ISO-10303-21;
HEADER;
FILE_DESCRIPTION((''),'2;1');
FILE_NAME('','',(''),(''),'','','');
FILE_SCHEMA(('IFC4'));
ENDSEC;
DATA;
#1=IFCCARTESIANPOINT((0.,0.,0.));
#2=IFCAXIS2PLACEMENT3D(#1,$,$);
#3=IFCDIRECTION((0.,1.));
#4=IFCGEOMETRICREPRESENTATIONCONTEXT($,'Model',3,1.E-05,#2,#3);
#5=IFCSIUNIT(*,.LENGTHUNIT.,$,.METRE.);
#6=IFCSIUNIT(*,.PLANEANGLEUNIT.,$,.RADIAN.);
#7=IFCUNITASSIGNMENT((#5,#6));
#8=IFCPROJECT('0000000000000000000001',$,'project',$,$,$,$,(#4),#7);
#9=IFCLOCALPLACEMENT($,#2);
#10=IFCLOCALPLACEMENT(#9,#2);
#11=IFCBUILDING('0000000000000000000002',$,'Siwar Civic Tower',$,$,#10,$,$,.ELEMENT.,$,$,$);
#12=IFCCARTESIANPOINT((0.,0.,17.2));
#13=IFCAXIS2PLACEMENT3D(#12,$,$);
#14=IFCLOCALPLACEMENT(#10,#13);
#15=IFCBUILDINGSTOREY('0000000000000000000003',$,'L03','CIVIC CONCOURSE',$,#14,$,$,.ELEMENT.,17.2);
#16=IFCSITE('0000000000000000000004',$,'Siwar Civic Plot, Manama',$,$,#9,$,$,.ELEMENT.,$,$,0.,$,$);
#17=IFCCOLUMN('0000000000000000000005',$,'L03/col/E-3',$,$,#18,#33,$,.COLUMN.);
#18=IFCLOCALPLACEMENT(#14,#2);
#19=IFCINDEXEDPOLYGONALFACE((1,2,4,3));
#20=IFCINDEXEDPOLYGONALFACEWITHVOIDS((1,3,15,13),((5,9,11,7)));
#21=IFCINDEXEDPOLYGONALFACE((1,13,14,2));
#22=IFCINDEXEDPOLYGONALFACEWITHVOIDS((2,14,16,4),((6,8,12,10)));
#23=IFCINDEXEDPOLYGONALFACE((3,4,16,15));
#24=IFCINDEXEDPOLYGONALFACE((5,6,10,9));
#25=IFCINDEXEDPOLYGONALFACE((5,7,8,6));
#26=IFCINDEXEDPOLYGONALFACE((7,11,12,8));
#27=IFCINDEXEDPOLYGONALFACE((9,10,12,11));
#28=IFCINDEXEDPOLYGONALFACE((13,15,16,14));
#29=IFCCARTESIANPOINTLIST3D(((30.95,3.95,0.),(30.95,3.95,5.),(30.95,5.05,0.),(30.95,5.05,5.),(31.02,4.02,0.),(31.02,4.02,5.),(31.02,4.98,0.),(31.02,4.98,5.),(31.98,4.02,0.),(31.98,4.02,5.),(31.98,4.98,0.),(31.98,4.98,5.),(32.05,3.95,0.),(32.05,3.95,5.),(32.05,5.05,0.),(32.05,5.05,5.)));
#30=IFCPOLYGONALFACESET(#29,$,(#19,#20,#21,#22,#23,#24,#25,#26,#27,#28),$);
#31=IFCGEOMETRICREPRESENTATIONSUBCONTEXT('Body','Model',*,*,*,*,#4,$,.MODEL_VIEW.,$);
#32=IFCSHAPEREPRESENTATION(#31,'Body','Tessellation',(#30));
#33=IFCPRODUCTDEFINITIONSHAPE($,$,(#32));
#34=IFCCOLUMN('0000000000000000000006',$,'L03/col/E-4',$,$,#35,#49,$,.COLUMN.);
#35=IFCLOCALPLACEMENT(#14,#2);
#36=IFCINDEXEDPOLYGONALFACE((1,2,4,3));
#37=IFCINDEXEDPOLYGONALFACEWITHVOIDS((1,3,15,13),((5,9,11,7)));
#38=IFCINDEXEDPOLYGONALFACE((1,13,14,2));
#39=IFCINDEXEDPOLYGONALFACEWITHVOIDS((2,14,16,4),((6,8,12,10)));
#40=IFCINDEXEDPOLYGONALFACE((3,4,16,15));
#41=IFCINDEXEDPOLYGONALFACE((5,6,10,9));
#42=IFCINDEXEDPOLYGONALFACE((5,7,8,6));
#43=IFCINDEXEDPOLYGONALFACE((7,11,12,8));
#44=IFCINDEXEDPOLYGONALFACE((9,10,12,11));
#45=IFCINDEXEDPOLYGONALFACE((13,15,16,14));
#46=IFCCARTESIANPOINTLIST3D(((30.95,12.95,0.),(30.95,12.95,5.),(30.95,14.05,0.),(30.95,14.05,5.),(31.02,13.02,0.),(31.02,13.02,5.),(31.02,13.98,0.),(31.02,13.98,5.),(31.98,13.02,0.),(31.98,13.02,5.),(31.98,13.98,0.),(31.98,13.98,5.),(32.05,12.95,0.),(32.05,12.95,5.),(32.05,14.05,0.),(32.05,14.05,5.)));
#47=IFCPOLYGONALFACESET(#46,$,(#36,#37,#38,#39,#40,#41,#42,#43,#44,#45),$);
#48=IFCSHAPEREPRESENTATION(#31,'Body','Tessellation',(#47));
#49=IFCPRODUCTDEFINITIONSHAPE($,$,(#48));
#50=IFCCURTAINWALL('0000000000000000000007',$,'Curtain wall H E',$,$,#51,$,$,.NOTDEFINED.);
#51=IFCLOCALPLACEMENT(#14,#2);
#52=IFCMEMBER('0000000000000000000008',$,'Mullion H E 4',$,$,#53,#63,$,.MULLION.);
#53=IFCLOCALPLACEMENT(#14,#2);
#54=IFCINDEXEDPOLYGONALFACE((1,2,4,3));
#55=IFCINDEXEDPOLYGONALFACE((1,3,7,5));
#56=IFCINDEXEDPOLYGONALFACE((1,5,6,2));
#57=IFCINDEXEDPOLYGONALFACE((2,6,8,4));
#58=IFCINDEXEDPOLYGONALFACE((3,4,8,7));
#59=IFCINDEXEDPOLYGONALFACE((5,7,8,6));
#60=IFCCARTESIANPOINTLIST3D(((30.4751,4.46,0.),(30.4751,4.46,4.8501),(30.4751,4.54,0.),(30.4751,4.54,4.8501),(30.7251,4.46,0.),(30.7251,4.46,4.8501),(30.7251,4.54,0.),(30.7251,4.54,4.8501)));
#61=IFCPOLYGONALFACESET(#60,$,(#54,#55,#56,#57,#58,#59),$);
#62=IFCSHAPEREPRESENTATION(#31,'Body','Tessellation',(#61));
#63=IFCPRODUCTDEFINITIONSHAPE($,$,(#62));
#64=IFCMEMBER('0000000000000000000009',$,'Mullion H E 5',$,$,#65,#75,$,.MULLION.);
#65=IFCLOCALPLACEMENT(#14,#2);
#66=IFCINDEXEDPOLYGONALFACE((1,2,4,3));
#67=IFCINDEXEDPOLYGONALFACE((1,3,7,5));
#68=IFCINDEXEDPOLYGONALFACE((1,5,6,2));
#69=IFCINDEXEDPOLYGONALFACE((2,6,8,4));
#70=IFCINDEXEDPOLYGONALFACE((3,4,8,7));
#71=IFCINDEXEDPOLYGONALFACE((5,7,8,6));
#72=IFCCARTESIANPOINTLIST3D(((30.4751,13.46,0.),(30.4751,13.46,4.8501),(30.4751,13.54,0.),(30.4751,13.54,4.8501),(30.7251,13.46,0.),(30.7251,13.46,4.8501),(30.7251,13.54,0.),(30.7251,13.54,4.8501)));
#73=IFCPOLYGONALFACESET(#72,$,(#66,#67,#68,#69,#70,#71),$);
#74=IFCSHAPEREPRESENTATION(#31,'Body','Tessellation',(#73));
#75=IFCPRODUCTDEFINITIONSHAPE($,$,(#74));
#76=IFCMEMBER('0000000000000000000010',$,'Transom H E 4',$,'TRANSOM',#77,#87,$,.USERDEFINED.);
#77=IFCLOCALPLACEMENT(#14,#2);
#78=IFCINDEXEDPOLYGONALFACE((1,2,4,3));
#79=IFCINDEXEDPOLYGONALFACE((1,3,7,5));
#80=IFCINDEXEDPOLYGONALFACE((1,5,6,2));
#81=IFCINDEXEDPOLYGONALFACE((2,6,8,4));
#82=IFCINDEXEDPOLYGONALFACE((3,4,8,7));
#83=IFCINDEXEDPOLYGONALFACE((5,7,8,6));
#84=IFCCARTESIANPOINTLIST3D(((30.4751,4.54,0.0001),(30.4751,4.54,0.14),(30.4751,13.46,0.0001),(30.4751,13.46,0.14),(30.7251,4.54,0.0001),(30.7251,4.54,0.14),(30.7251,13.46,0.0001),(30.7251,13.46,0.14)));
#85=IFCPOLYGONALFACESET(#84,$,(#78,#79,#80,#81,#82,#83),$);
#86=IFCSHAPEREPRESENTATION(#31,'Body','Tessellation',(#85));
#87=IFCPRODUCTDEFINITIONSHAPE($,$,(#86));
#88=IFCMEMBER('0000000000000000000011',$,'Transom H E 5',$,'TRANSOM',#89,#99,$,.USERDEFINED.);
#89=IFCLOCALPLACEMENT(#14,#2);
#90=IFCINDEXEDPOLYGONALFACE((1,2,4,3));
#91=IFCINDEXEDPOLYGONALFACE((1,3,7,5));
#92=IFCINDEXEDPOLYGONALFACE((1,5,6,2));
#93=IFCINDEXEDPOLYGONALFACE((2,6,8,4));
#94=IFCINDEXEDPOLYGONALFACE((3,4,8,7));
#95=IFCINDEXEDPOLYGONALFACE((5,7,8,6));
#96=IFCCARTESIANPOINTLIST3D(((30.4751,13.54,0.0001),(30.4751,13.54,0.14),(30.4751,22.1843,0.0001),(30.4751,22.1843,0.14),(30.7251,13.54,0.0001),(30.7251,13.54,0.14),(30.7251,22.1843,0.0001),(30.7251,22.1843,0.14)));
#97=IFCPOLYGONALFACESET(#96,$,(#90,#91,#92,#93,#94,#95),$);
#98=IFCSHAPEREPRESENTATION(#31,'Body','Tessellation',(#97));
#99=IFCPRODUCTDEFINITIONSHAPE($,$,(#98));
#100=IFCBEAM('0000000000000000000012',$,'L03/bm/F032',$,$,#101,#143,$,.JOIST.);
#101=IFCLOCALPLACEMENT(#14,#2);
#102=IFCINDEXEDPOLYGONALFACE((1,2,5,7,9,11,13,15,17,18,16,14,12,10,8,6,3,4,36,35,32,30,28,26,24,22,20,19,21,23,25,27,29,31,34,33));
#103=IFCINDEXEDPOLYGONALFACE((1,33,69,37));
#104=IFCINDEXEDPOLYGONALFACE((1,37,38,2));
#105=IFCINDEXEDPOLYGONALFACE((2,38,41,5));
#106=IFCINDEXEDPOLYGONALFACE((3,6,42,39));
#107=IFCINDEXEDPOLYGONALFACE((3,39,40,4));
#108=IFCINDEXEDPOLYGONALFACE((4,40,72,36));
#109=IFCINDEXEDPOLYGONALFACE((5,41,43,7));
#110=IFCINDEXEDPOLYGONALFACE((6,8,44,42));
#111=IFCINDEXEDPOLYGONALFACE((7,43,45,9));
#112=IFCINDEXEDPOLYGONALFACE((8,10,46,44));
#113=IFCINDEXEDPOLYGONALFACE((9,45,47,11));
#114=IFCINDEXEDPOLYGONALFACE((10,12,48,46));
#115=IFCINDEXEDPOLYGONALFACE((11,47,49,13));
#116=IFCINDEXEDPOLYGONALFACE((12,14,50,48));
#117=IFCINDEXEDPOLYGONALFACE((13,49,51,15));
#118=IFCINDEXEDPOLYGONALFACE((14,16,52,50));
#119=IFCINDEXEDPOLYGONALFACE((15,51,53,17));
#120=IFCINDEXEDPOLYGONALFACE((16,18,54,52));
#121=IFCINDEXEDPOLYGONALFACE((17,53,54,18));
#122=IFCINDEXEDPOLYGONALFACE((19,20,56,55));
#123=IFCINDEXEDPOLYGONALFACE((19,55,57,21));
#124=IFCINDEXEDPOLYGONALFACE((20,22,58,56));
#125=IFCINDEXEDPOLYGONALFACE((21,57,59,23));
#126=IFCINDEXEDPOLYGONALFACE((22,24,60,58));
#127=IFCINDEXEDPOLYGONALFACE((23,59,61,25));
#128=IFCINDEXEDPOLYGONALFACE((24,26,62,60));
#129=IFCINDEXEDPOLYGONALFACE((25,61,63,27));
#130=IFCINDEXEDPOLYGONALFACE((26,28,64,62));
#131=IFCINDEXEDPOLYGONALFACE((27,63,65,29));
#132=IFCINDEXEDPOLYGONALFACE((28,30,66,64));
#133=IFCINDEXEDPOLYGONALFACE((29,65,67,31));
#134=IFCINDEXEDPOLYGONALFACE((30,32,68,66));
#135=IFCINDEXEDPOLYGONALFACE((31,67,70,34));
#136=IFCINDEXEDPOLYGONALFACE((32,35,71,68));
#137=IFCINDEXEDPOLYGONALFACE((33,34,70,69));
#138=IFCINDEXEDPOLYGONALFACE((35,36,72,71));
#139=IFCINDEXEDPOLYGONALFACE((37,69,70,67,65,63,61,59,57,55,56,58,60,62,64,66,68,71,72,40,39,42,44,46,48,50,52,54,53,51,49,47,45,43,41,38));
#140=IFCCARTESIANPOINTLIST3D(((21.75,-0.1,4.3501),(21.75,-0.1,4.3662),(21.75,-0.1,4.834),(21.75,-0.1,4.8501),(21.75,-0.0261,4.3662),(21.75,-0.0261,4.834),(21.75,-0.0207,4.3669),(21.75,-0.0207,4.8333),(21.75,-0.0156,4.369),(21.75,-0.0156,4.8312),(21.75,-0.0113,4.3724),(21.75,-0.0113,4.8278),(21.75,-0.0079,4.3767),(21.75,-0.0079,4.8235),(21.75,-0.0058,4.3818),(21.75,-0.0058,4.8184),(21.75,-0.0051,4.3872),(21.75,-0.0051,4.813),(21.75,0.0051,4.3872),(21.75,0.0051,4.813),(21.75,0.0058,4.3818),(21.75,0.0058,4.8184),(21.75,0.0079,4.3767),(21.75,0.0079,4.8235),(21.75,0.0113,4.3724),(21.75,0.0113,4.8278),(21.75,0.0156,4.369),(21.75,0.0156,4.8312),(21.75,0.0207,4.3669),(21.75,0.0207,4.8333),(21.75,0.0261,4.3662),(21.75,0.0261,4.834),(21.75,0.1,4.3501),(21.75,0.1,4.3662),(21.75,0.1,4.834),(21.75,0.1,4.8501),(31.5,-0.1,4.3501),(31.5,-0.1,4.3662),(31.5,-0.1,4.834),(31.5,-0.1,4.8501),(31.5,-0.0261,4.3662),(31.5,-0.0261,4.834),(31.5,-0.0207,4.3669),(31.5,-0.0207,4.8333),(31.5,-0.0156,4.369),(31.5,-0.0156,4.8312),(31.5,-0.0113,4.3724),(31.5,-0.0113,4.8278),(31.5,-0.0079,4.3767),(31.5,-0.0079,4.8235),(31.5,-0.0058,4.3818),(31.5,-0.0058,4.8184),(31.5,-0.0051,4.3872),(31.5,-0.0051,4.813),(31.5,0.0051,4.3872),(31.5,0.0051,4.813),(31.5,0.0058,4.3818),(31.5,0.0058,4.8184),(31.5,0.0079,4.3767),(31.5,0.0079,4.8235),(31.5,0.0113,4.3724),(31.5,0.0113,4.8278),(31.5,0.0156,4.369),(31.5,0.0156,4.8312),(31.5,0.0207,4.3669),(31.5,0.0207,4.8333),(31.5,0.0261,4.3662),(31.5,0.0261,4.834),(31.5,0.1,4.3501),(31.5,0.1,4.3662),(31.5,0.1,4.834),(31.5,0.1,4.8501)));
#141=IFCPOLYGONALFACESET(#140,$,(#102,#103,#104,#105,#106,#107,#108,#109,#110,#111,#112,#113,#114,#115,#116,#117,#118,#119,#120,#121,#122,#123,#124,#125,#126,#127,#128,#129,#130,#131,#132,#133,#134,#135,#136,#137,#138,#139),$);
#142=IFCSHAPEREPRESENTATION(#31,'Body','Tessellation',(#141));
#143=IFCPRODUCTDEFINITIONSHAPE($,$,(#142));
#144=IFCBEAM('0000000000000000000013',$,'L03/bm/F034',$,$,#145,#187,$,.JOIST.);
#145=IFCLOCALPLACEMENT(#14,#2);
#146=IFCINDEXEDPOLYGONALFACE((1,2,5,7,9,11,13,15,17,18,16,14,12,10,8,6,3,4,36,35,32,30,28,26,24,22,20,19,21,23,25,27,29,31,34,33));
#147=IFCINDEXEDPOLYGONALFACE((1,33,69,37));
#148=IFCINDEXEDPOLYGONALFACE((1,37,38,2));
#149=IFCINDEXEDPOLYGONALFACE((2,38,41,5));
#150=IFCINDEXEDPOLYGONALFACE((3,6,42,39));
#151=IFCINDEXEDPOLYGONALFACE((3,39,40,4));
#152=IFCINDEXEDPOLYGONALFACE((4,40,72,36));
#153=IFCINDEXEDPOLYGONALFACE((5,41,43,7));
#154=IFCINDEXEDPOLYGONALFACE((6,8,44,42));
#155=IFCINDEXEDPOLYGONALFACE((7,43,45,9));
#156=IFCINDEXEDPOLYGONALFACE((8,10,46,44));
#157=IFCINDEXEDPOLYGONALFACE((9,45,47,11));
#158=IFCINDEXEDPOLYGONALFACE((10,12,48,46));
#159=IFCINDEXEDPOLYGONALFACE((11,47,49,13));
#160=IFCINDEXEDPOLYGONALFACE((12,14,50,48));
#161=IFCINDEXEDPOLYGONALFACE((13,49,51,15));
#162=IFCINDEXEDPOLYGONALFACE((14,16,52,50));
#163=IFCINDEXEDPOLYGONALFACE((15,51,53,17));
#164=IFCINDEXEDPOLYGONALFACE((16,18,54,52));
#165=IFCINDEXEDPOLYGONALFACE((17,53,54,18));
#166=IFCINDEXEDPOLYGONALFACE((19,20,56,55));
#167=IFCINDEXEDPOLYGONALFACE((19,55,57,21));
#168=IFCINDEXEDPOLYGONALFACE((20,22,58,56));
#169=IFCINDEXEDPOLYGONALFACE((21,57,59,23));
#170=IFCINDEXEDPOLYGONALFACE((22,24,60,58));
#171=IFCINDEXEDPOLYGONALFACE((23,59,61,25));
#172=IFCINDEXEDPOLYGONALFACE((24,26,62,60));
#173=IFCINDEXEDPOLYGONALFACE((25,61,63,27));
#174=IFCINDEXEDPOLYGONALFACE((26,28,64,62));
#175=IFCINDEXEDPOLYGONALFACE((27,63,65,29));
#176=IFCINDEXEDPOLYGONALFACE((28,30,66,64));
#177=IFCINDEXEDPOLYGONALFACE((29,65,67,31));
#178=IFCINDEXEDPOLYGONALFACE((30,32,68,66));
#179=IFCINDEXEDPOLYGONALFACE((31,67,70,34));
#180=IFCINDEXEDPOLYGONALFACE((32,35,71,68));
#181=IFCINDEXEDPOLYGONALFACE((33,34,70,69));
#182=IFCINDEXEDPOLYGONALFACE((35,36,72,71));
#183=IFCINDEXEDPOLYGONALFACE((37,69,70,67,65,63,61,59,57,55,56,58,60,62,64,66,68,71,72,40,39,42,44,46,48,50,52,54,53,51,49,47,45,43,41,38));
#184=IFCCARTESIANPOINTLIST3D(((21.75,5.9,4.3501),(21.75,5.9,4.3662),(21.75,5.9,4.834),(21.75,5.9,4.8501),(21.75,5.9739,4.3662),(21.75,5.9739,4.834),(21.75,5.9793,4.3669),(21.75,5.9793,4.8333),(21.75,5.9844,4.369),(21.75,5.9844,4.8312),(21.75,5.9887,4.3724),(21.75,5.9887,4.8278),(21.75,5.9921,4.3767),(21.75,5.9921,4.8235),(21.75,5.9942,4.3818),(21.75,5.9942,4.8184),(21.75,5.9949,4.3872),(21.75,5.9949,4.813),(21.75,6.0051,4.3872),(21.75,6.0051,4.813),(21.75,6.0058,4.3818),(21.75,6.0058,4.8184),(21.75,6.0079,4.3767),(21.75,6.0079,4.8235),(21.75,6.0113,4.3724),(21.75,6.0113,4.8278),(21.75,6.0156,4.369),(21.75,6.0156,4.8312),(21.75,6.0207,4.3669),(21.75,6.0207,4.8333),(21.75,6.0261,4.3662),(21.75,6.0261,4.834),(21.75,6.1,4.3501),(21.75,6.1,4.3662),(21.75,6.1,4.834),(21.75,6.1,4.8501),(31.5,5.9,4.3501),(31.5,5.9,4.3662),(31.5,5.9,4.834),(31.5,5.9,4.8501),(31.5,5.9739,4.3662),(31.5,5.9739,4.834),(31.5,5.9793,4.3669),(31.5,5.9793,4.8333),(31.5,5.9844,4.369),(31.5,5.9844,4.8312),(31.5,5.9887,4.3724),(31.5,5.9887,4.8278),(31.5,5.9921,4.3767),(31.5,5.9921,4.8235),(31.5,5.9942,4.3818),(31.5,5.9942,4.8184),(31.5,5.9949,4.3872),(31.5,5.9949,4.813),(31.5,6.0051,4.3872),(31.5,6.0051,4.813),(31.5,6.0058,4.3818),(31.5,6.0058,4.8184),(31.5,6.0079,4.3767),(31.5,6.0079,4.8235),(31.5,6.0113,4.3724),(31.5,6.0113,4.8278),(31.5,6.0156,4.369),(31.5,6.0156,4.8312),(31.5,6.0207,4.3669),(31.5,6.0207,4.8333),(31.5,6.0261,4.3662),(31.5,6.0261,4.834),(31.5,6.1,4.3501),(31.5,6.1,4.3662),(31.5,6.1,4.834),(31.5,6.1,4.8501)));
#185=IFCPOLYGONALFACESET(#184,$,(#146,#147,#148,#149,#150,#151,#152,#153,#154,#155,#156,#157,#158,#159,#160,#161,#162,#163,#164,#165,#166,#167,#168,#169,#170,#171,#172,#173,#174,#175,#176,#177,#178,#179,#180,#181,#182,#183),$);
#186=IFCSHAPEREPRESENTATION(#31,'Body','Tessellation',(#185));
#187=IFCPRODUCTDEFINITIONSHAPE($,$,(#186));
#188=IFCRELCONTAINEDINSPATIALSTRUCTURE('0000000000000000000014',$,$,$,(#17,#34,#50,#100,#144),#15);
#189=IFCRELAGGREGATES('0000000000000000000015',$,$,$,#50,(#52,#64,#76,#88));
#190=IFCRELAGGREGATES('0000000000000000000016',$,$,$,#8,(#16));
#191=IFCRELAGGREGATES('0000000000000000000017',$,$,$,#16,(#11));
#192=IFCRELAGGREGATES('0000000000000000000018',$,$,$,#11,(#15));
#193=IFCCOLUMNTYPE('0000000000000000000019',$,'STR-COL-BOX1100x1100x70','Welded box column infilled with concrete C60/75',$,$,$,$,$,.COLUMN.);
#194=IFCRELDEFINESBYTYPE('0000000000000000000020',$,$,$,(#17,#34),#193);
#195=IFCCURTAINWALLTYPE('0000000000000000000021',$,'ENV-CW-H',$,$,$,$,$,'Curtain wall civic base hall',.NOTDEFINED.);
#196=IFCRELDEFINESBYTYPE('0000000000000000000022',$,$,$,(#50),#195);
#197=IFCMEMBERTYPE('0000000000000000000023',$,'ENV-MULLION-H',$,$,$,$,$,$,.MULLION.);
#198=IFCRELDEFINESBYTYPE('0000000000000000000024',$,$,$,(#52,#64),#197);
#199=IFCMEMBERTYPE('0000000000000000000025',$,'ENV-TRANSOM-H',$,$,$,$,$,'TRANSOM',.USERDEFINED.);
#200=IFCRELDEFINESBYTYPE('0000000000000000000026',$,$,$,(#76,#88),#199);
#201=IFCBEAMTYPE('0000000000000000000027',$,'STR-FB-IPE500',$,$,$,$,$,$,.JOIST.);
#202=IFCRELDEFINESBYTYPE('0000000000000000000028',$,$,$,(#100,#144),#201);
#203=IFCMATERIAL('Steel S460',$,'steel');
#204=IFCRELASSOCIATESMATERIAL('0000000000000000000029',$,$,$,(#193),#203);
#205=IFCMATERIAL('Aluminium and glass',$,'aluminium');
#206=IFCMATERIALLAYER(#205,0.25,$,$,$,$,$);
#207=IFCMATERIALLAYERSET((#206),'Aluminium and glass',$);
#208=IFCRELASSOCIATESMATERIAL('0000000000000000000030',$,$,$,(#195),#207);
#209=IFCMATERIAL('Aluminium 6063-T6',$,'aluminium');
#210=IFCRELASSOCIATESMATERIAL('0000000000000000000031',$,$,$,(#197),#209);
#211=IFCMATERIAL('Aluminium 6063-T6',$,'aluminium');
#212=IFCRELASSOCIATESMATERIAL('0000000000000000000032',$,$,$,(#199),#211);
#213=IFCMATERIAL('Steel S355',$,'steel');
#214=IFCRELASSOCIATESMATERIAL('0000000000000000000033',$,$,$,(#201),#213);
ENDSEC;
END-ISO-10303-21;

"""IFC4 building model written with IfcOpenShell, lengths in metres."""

from ifc_helpers import new_model, si_unit, direction, frame, origin, origin_2d, place, context, subcontext, project, spatial, rectangle, hollow_rectangle, i_section, extrude, material, layer, layer_set, material_profile, profile_set, type_object, element, aggregate, save


model = new_model("IFC4")

# Units and contexts
model_context = context("Model", 3, precision=1e-05, world=origin(), true_north=direction((0.0, 1.0)))
body_context = subcontext(model_context, "Body", "Model", "MODEL_VIEW")
ifc_project = project(units=[si_unit("LENGTHUNIT", "METRE"), si_unit("PLANEANGLEUNIT", "RADIAN")], contexts=[model_context])

# Site, building, storey
site_placement = place(None, origin())
site = spatial("IfcSite", under=ifc_project, at=site_placement, Name="Siwar Civic Plot, Manama", CompositionType="ELEMENT", RefElevation=0.0)
building_placement = place(site_placement, origin())
building = spatial("IfcBuilding", under=site, at=building_placement, Name="Siwar Civic Tower", CompositionType="ELEMENT")
storey_placement = place(building_placement, frame((0.0, 0.0, 17.2)))
storey = spatial("IfcBuildingStorey", under=building, at=storey_placement, Name="L03", Description="CIVIC CONCOURSE", CompositionType="ELEMENT", Elevation=17.2)

# Columns
ifc_material_1 = material(Name="Steel S460", Category="steel")
ifc_material_profile_1 = material_profile(ifc_material_1, hollow_rectangle(XDim=1.1001, YDim=1.1001, WallThickness=0.0701, at=origin_2d()), Name="BOX1100x1100x70")
ifc_profile_set_1 = profile_set([ifc_material_profile_1], Name="Steel S460")
column_type = type_object("IfcColumnType", Name="STR-COL-BOX1100x1100x70", Description="Welded box column infilled with concrete C60/75", PredefinedType="COLUMN", material=ifc_profile_set_1)
for number, where, z_axis, x_axis, name in (
    (1, (31.5, 4.5, 0.0), (0.0, 0.0, 1.0), (1.0, 0.0, 0.0), "L03/col/E-3"),
    (2, (31.5, 13.5, 0.0), (0.0, 0.0, 1.0), (1.0, 0.0, 0.0), "L03/col/E-4"),
):
    element("IfcColumn", number, at=place(storey_placement, frame(where, z_axis=z_axis, x_axis=x_axis)), inside=storey, type_object=column_type, Name=name, PredefinedType="COLUMN", context=body_context, shape_type="SweptSolid", body=[
        extrude(hollow_rectangle(XDim=1.1001, YDim=1.1001, WallThickness=0.0701, at=origin_2d()), origin(), (0.0, 0.0, 1.0), 5.0),
    ])

# Curtain wall, members
ifc_material_2 = material(Name="Aluminium and glass", Category="aluminium")
ifc_layer_1 = layer(ifc_material_2, 0.25)
ifc_layer_set_1 = layer_set([ifc_layer_1], Name="Aluminium and glass")
curtain_wall_type = type_object("IfcCurtainWallType", Name="ENV-CW-H", ElementType="Curtain wall civic base hall", PredefinedType="NOTDEFINED", material=ifc_layer_set_1)
curtain_wall_placement = place(storey_placement, origin())
curtain_wall = element("IfcCurtainWall", 3, at=curtain_wall_placement, inside=storey, type_object=curtain_wall_type, Name="Curtain wall H E", PredefinedType="NOTDEFINED")
ifc_material_3 = material(Name="Aluminium 6063-T6", Category="aluminium")
ifc_material_profile_2 = material_profile(ifc_material_3, rectangle(XDim=0.25, YDim=0.0801, at=origin_2d()), Name="AL 250x80")
ifc_profile_set_2 = profile_set([ifc_material_profile_2], Name="Aluminium 6063-T6")
member_type_1 = type_object("IfcMemberType", Name="ENV-MULLION-H", PredefinedType="MULLION", material=ifc_profile_set_2)
member_1_placement = place(storey_placement, frame((30.6001, 4.5, 0.0), z_axis=(0.0, 0.0, 1.0), x_axis=(-1.0, 0.0, 0.0)))
member_1 = element("IfcMember", 4, at=member_1_placement, type_object=member_type_1, Name="Mullion H E 4", PredefinedType="MULLION", context=body_context, shape_type="SweptSolid", body=[
    extrude(rectangle(XDim=0.25, YDim=0.0801, at=origin_2d()), origin(), (0.0, 0.0, 1.0), 4.8501),
])
member_2_placement = place(storey_placement, frame((30.6001, 13.5, 0.0), z_axis=(0.0, 0.0, 1.0), x_axis=(-1.0, 0.0, 0.0)))
member_2 = element("IfcMember", 5, at=member_2_placement, type_object=member_type_1, Name="Mullion H E 5", PredefinedType="MULLION", context=body_context, shape_type="SweptSolid", body=[
    extrude(rectangle(XDim=0.25, YDim=0.0801, at=origin_2d()), origin(), (0.0, 0.0, 1.0), 4.8501),
])
ifc_material_4 = material(Name="Aluminium 6063-T6", Category="aluminium")
ifc_material_profile_3 = material_profile(ifc_material_4, rectangle(XDim=0.25, YDim=0.1399, at=origin_2d()), Name="AL 250x140")
ifc_profile_set_3 = profile_set([ifc_material_profile_3], Name="Aluminium 6063-T6")
member_type_2 = type_object("IfcMemberType", Name="ENV-TRANSOM-H", ElementType="TRANSOM", PredefinedType="USERDEFINED", material=ifc_profile_set_3)
member_3_placement = place(storey_placement, frame((30.6001, 4.54, 0.0701), z_axis=(0.0, 1.0, 0.0), x_axis=(-1.0, 0.0, 0.0)))
member_3 = element("IfcMember", 6, at=member_3_placement, type_object=member_type_2, Name="Transom H E 4", ObjectType="TRANSOM", PredefinedType="USERDEFINED", context=body_context, shape_type="SweptSolid", body=[
    extrude(rectangle(XDim=0.25, YDim=0.1399, at=origin_2d()), origin(), (0.0, 0.0, 1.0), 8.9199),
])
member_4_placement = place(storey_placement, frame((30.6001, 13.54, 0.0701), z_axis=(0.0, 1.0, 0.0), x_axis=(-1.0, 0.0, 0.0)))
member_4 = element("IfcMember", 7, at=member_4_placement, type_object=member_type_2, Name="Transom H E 5", ObjectType="TRANSOM", PredefinedType="USERDEFINED", context=body_context, shape_type="SweptSolid", body=[
    extrude(rectangle(XDim=0.25, YDim=0.1399, at=origin_2d()), origin(), (0.0, 0.0, 1.0), 8.6443),
])

# Beams
ifc_material_5 = material(Name="Steel S355", Category="steel")
ifc_material_profile_4 = material_profile(ifc_material_5, i_section(OverallWidth=0.2, OverallDepth=0.5, WebThickness=0.0103, FlangeThickness=0.0161, FilletRadius=0.021, at=origin_2d()), Name="IPE500")
ifc_profile_set_4 = profile_set([ifc_material_profile_4], Name="Steel S355")
beam_type_1 = type_object("IfcBeamType", Name="STR-FB-IPE500", PredefinedType="JOIST", material=ifc_profile_set_4)
for number, where, z_axis, x_axis, name in (
    (8, (21.75, 0.0, 4.6001), (1.0, 0.0, 0.0), (0.0, 1.0, 0.0), "L03/bm/F032"),
    (9, (21.75, 6.0, 4.6001), (1.0, 0.0, 0.0), (0.0, 1.0, 0.0), "L03/bm/F034"),
):
    element("IfcBeam", number, at=place(storey_placement, frame(where, z_axis=z_axis, x_axis=x_axis)), inside=storey, type_object=beam_type_1, Name=name, PredefinedType="JOIST", context=body_context, shape_type="SweptSolid", body=[
        extrude(i_section(OverallWidth=0.2, OverallDepth=0.5, WebThickness=0.0103, FlangeThickness=0.0161, FilletRadius=0.021, at=origin_2d()), origin(), (0.0, 0.0, 1.0), 9.75),
    ])

aggregate(curtain_wall, [member_1, member_2, member_3, member_4])

save(model, "model.ifc")
